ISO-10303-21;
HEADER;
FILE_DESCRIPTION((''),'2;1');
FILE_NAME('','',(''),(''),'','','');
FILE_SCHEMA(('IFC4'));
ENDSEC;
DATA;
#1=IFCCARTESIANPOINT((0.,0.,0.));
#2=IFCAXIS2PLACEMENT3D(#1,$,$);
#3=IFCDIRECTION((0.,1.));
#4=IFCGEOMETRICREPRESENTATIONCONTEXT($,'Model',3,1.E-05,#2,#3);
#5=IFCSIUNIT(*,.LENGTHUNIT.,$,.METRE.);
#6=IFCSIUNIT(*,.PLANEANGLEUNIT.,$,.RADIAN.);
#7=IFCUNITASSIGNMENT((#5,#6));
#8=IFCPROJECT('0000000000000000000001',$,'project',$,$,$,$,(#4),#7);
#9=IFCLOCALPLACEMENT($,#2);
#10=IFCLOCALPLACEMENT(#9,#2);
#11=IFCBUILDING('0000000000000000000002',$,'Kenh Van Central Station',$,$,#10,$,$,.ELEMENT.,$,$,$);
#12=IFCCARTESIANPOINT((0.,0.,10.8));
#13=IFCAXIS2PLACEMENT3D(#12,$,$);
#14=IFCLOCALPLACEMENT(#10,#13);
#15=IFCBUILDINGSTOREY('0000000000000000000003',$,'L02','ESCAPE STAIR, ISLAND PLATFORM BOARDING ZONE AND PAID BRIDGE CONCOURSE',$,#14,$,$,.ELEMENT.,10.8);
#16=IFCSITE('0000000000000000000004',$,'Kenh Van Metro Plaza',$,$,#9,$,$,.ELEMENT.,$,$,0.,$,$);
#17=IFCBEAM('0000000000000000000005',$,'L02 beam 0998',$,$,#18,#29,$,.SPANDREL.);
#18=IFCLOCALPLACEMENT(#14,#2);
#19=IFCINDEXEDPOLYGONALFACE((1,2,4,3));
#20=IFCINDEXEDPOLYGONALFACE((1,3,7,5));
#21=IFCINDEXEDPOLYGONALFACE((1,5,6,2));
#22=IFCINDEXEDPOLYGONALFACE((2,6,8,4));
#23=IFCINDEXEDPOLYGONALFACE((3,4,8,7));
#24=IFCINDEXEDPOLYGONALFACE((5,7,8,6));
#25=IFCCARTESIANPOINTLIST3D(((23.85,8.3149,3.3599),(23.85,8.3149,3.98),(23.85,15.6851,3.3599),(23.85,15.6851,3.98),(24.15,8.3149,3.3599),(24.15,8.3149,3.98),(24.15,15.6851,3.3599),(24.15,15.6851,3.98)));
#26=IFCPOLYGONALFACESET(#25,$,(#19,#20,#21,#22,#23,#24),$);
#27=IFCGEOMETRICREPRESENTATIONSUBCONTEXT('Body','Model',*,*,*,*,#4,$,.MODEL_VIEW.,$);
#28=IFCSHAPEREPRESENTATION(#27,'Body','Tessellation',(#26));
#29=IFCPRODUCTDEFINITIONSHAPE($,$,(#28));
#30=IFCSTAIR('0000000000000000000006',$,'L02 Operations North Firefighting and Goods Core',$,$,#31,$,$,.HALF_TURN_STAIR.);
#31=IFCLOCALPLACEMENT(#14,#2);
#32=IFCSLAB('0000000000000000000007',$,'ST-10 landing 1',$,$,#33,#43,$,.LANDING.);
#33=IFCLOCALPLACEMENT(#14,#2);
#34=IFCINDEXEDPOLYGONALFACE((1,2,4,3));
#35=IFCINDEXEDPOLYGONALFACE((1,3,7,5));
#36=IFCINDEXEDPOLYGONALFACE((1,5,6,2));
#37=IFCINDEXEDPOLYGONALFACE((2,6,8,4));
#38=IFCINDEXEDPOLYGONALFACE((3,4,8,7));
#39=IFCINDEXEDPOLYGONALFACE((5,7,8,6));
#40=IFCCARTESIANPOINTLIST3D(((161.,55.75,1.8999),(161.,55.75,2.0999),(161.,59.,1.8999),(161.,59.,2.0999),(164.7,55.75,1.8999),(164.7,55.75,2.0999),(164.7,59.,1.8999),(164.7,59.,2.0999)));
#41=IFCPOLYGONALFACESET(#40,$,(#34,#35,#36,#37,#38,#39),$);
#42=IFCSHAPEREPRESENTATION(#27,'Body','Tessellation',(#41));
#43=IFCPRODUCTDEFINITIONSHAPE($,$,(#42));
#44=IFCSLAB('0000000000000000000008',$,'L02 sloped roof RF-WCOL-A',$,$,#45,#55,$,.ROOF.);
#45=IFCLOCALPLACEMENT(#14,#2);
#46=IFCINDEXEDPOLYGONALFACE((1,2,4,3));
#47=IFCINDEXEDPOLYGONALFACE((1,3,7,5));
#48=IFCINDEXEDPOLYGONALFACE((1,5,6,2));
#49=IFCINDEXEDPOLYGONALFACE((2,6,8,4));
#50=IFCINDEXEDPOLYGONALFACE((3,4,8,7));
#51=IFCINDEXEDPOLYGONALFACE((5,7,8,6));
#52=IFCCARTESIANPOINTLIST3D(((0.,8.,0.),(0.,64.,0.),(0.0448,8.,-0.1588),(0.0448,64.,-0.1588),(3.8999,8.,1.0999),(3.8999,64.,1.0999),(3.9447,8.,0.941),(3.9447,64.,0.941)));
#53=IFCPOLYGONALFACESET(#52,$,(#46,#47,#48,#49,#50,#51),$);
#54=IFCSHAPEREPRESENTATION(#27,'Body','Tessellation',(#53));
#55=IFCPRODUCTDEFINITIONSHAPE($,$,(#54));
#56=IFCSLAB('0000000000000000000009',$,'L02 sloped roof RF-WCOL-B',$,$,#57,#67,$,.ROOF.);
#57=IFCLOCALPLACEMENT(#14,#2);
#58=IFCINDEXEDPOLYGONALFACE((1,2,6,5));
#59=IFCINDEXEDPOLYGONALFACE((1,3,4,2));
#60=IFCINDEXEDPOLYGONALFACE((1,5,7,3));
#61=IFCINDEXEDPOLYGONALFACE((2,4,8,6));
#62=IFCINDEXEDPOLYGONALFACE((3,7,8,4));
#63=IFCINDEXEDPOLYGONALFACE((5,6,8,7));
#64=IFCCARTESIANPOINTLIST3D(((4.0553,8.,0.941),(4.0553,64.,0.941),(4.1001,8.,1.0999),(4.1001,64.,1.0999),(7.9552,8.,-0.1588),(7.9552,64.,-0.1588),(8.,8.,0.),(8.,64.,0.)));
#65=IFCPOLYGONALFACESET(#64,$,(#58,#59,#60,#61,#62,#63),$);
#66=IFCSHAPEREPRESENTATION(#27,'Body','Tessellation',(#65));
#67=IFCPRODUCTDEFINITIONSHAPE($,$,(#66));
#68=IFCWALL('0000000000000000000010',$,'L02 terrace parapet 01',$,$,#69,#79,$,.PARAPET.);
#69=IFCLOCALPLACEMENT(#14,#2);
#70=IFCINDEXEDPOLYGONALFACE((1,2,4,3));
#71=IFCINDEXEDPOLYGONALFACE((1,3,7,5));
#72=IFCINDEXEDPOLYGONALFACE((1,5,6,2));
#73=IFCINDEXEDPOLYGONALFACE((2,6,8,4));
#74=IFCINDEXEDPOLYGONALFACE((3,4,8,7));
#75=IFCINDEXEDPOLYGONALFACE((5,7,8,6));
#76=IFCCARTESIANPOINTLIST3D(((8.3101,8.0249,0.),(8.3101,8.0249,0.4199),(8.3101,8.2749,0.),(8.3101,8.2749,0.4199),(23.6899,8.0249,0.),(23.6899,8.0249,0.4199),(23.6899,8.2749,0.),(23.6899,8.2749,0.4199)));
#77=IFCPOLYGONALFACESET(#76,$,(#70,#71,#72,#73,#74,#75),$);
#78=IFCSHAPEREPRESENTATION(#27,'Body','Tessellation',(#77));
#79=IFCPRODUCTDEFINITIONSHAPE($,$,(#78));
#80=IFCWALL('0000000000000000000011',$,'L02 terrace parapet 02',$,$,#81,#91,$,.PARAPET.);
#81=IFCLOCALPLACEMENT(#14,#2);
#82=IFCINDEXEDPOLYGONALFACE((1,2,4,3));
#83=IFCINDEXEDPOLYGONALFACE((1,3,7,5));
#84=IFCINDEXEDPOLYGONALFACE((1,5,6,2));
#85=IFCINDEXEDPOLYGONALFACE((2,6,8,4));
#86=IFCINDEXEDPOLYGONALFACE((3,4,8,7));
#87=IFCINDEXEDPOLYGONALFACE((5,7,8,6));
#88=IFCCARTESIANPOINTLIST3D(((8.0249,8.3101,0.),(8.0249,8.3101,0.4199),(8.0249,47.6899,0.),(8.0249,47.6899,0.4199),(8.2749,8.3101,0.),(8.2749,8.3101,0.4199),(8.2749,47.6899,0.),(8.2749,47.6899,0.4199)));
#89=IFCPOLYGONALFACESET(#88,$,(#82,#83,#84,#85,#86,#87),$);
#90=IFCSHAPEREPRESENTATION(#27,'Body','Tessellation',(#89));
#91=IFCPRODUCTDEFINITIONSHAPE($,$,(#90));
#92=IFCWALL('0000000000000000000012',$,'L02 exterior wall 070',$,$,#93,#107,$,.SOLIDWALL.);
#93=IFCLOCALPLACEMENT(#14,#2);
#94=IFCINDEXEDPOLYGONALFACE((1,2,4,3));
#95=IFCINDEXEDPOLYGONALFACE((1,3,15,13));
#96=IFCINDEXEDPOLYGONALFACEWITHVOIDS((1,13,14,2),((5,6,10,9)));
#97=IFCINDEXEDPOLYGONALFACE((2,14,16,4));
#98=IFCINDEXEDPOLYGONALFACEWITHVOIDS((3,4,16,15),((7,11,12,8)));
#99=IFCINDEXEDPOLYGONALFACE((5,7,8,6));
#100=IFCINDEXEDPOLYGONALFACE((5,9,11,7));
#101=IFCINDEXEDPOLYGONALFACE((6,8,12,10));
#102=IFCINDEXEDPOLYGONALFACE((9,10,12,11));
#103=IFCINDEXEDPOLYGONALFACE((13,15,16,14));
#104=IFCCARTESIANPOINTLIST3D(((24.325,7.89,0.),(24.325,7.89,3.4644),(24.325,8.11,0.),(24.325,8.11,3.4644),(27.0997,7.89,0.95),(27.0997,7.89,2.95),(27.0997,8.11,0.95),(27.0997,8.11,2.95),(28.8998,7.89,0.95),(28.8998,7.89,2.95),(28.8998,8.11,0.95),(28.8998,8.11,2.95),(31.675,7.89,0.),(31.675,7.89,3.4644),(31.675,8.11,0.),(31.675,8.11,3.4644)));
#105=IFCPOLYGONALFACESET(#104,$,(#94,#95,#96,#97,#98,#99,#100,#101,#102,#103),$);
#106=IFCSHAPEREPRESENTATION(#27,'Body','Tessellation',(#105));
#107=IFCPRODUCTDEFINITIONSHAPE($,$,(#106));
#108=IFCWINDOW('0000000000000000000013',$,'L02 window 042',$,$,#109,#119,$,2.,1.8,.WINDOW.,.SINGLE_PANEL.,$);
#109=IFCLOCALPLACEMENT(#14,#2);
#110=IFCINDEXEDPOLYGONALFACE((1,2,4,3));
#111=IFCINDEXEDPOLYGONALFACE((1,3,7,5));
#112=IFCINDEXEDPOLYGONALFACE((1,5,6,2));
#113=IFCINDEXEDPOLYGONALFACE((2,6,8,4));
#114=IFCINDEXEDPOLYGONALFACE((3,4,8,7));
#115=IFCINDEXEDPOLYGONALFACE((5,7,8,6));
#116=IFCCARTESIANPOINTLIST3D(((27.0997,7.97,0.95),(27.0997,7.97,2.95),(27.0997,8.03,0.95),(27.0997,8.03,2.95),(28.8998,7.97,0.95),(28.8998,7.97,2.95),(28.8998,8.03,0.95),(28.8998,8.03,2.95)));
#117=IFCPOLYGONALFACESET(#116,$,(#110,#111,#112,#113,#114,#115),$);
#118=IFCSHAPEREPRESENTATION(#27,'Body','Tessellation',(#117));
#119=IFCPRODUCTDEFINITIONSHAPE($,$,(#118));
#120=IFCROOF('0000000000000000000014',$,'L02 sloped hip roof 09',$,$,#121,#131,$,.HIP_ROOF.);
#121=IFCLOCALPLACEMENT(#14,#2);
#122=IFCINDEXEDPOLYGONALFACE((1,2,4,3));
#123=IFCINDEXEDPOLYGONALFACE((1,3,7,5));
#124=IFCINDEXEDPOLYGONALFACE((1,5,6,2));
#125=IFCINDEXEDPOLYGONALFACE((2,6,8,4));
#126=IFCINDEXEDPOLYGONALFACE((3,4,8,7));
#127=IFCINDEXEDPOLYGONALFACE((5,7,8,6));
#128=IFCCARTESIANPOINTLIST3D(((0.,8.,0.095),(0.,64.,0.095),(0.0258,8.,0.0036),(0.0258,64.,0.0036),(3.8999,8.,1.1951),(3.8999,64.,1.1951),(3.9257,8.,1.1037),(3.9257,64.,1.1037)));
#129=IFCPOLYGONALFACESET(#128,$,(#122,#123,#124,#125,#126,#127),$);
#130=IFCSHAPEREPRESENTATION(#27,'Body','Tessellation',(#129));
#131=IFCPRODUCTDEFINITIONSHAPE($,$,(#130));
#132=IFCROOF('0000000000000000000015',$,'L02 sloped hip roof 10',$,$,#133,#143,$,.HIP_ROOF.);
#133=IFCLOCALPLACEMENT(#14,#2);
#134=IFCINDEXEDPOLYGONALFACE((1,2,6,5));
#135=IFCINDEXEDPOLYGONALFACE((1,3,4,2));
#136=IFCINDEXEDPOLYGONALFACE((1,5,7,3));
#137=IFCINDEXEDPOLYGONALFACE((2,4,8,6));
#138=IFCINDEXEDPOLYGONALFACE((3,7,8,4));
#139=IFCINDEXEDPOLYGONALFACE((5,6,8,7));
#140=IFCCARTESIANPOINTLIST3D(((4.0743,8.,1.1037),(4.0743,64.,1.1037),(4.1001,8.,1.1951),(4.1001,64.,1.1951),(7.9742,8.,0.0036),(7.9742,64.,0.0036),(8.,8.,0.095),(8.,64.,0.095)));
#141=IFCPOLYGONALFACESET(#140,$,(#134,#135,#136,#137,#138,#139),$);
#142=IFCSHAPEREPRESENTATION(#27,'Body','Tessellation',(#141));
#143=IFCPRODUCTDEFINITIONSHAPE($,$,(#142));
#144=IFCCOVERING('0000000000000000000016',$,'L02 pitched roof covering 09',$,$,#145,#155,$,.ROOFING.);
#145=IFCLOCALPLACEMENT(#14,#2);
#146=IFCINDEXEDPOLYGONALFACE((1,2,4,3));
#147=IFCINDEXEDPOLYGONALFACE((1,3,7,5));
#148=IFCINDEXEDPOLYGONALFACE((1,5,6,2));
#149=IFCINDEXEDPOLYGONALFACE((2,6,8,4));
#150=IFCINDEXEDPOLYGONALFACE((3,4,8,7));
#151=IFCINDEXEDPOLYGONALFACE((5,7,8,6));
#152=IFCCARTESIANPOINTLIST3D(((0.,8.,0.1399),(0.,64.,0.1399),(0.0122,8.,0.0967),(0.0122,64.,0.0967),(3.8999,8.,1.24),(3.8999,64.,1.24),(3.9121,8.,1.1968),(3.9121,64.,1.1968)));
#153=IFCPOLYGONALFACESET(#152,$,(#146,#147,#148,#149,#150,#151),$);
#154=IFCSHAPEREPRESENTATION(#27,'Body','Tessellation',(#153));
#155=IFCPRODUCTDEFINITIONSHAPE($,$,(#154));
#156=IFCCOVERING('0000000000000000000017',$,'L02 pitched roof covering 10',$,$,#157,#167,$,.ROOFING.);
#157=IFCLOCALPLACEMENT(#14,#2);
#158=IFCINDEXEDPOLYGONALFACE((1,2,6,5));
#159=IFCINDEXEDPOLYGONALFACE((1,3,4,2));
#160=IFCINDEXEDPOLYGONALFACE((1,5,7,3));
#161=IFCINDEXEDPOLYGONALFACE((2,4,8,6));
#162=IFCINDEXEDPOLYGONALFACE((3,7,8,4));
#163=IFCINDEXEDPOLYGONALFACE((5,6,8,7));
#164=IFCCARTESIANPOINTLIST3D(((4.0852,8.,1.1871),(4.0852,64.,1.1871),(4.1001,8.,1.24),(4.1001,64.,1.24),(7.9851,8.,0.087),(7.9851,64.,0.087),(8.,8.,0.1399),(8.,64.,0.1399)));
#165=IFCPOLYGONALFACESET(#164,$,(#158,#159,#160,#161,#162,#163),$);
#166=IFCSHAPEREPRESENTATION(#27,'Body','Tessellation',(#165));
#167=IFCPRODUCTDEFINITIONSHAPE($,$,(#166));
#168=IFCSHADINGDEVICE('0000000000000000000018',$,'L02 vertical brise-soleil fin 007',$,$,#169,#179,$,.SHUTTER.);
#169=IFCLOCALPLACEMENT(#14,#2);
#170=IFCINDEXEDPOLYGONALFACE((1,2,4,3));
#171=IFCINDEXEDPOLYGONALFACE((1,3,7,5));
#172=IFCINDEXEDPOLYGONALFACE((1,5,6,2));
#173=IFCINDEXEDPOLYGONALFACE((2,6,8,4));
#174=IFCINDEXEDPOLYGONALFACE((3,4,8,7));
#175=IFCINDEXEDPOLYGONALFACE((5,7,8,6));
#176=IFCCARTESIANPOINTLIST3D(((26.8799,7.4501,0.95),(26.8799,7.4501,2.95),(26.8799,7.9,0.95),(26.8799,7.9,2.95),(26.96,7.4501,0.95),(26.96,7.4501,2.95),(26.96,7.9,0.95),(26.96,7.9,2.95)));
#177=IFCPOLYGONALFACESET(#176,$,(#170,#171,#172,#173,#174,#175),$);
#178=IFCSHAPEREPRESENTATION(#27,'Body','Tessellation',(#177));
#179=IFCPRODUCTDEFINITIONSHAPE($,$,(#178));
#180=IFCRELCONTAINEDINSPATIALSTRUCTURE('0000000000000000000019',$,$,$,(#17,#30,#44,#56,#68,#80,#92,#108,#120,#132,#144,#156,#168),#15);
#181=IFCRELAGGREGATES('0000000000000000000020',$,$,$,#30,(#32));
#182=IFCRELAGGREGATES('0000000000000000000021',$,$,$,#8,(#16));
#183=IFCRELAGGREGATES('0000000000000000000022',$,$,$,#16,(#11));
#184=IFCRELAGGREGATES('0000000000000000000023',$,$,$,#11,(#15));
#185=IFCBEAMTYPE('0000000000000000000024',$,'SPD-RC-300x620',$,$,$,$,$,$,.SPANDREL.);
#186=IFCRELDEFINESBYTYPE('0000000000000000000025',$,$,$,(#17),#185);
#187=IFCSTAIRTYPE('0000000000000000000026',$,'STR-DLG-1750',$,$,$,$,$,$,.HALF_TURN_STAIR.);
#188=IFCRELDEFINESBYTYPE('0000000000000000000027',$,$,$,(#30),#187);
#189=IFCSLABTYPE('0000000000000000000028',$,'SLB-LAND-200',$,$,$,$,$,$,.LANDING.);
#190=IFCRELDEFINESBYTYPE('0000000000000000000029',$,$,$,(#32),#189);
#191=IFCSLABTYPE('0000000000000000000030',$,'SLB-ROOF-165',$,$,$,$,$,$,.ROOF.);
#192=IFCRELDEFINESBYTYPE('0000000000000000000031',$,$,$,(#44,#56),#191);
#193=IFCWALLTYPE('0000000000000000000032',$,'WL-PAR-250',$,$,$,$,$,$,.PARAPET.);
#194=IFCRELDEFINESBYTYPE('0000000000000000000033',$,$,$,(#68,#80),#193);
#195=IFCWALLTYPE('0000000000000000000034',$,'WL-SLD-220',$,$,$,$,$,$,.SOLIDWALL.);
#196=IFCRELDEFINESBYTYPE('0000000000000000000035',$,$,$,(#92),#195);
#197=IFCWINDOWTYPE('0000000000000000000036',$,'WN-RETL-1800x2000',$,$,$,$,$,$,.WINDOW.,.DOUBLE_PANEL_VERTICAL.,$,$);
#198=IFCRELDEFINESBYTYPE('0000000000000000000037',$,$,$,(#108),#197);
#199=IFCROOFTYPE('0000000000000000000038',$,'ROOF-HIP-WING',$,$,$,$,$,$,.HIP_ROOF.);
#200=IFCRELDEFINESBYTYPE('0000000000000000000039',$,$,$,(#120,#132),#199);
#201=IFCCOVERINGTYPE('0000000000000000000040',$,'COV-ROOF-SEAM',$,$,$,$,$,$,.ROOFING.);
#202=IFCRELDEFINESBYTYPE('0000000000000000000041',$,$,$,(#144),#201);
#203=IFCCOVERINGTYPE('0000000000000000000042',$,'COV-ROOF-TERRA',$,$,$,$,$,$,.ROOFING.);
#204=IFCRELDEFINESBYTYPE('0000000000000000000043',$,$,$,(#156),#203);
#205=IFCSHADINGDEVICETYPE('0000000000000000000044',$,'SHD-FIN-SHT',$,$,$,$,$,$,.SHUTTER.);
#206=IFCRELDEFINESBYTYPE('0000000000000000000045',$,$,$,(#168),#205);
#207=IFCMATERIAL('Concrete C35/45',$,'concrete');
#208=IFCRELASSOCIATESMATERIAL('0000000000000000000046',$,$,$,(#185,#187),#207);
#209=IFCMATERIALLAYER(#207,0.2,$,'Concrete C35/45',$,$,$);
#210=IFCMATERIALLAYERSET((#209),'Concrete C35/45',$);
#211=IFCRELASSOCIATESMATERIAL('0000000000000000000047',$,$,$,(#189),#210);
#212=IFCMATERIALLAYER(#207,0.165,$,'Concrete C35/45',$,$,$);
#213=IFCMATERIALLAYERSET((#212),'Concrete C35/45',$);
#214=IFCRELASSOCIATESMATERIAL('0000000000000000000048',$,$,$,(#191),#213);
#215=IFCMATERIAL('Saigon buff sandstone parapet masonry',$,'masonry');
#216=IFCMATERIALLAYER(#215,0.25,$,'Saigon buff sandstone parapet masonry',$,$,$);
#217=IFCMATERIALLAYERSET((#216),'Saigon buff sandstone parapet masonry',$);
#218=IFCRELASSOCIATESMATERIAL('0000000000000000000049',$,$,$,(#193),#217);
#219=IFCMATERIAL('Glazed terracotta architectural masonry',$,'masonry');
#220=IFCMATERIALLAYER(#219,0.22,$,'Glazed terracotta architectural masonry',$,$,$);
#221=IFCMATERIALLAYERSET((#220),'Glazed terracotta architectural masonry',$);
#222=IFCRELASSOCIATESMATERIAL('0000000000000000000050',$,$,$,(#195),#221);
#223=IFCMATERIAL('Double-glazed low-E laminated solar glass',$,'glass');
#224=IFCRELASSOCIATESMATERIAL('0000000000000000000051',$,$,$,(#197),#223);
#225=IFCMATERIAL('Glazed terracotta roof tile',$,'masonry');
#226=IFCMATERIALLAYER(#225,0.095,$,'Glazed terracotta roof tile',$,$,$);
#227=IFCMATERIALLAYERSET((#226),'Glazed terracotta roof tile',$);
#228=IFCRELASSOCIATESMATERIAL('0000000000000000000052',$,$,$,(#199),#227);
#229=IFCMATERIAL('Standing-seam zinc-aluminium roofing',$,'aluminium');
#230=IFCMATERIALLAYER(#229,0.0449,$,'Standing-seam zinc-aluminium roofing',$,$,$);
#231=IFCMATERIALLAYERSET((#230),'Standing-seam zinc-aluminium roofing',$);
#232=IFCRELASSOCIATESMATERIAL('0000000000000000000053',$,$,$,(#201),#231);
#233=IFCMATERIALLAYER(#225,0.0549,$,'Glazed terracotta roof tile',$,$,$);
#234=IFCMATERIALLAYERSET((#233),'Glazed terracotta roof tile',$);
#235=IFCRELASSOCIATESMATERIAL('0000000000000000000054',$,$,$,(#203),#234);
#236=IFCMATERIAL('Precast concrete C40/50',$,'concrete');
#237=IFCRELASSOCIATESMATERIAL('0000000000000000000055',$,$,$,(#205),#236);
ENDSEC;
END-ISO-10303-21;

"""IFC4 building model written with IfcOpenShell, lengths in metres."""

from ifc_helpers import new_model, si_unit, direction, frame, frame_2d, origin, origin_2d, place, context, subcontext, project, spatial, polyline, rectangle, outline, extrude, material, layer, layer_set, material_profile, profile_set, type_object, element, fill, aggregate, save


model = new_model("IFC4")

# Units and contexts
model_context = context("Model", 3, precision=1e-05, world=origin(), true_north=direction((0.0, 1.0)))
body_context = subcontext(model_context, "Body", "Model", "MODEL_VIEW")
ifc_project = project(units=[si_unit("LENGTHUNIT", "METRE"), si_unit("PLANEANGLEUNIT", "RADIAN")], contexts=[model_context])

# Site, building, storey
site_placement = place(None, origin())
site = spatial("IfcSite", under=ifc_project, at=site_placement, Name="Kenh Van Metro Plaza", CompositionType="ELEMENT", RefElevation=0.0)
building_placement = place(site_placement, origin())
building = spatial("IfcBuilding", under=site, at=building_placement, Name="Kenh Van Central Station", CompositionType="ELEMENT")
storey_placement = place(building_placement, frame((0.0, 0.0, 10.8)))
storey = spatial("IfcBuildingStorey", under=building, at=storey_placement, Name="L02", Description="ESCAPE STAIR, ISLAND PLATFORM BOARDING ZONE AND PAID BRIDGE CONCOURSE", CompositionType="ELEMENT", Elevation=10.8)

# Shared definitions
ifc_material_1 = material(Name="Concrete C35/45", Category="concrete")

# Beam
ifc_material_profile_1 = material_profile(ifc_material_1, rectangle(XDim=0.3, YDim=0.6201, at=origin_2d()), Name="RC 300x620")
ifc_profile_set_1 = profile_set([ifc_material_profile_1], Name="Concrete C35/45")
beam_type_1 = type_object("IfcBeamType", Name="SPD-RC-300x620", PredefinedType="SPANDREL", material=ifc_profile_set_1)
beam_placement = place(storey_placement, frame((24.0, 8.3149, 3.6699), z_axis=(0.0, 1.0, 0.0), x_axis=(-1.0, 0.0, 0.0)))
element("IfcBeam", 1, at=beam_placement, inside=storey, type_object=beam_type_1, Name="L02 beam 0998", PredefinedType="SPANDREL", context=body_context, shape_type="SweptSolid", body=[
    extrude(rectangle(XDim=0.3, YDim=0.6201, at=origin_2d()), origin(), (0.0, 0.0, 1.0), 7.3701),
])

# Stair, slab
stair_type = type_object("IfcStairType", Name="STR-DLG-1750", PredefinedType="HALF_TURN_STAIR", material=ifc_material_1)
stair_placement = place(storey_placement, origin())
stair = element("IfcStair", 2, at=stair_placement, inside=storey, type_object=stair_type, Name="L02 Operations North Firefighting and Goods Core", PredefinedType="HALF_TURN_STAIR")
ifc_layer_1 = layer(ifc_material_1, 0.2, Name="Concrete C35/45")
ifc_layer_set_1 = layer_set([ifc_layer_1], Name="Concrete C35/45")
slab_type_1 = type_object("IfcSlabType", Name="SLB-LAND-200", PredefinedType="LANDING", material=ifc_layer_set_1)
slab_placement = place(storey_placement, frame((0.0, 0.0, 1.8999)))
slab = element("IfcSlab", 3, at=slab_placement, type_object=slab_type_1, Name="ST-10 landing 1", PredefinedType="LANDING", context=body_context, shape_type="SweptSolid", body=[
    extrude(outline(polyline([(164.7, 55.75), (164.7, 59.0), (161.0, 59.0), (161.0, 55.75), (164.7, 55.75)])), origin(), (0.0, 0.0, 1.0), 0.2),
])
aggregate(stair, [slab])

# Slabs
ifc_layer_2 = layer(ifc_material_1, 0.165, Name="Concrete C35/45")
ifc_layer_set_2 = layer_set([ifc_layer_2], Name="Concrete C35/45")
slab_type_2 = type_object("IfcSlabType", Name="SLB-ROOF-165", PredefinedType="ROOF", material=ifc_layer_set_2)
for number, where, z_axis, x_axis, name in (
    (4, (0.0, 8.0, 0.0), (-0.271433, 0.0, 0.962457), (0.962457, 0.0, 0.271433), "L02 sloped roof RF-WCOL-A"),
    (5, (4.1001, 8.0, 1.0999), (0.271433, 0.0, 0.962457), (0.962457, 0.0, -0.271433), "L02 sloped roof RF-WCOL-B"),
):
    element("IfcSlab", number, at=place(storey_placement, frame(where, z_axis=z_axis, x_axis=x_axis)), inside=storey, type_object=slab_type_2, Name=name, PredefinedType="ROOF", context=body_context, shape_type="SweptSolid", body=[
        extrude(outline(polyline([(0.0, 0.0), (4.052, 0.0), (4.052, 56.0), (0.0, 56.0), (0.0, 0.0)])), origin(), (0.0, 0.0, -1.0), 0.165),
    ])

# Walls
ifc_material_2 = material(Name="Saigon buff sandstone parapet masonry", Category="masonry")
ifc_layer_3 = layer(ifc_material_2, 0.25, Name="Saigon buff sandstone parapet masonry")
ifc_layer_set_3 = layer_set([ifc_layer_3], Name="Saigon buff sandstone parapet masonry")
wall_type_1 = type_object("IfcWallType", Name="WL-PAR-250", PredefinedType="PARAPET", material=ifc_layer_set_3)
wall_1_placement = place(storey_placement, frame((8.3101, 8.1499, 0.0), z_axis=(0.0, 0.0, 1.0), x_axis=(1.0, 0.0, 0.0)))
element("IfcWall", 6, at=wall_1_placement, inside=storey, type_object=wall_type_1, Name="L02 terrace parapet 01", PredefinedType="PARAPET", context=body_context, shape_type="SweptSolid", body=[
    extrude(rectangle(XDim=15.3799, YDim=0.25, at=frame_2d((7.6899, 0.0))), origin(), (0.0, 0.0, 1.0), 0.4199),
])
wall_2_placement = place(storey_placement, frame((8.1499, 8.3101, 0.0), z_axis=(0.0, 0.0, 1.0), x_axis=(0.0, 1.0, 0.0)))
element("IfcWall", 7, at=wall_2_placement, inside=storey, type_object=wall_type_1, Name="L02 terrace parapet 02", PredefinedType="PARAPET", context=body_context, shape_type="SweptSolid", body=[
    extrude(rectangle(XDim=39.3799, YDim=0.25, at=frame_2d((19.6899, 0.0))), origin(), (0.0, 0.0, 1.0), 0.4199),
])

# Wall, opening, window
ifc_material_3 = material(Name="Glazed terracotta architectural masonry", Category="masonry")
ifc_layer_4 = layer(ifc_material_3, 0.22, Name="Glazed terracotta architectural masonry")
ifc_layer_set_4 = layer_set([ifc_layer_4], Name="Glazed terracotta architectural masonry")
wall_type_2 = type_object("IfcWallType", Name="WL-SLD-220", PredefinedType="SOLIDWALL", material=ifc_layer_set_4)
wall_3_placement = place(storey_placement, frame((24.325, 8.0, 0.0), z_axis=(0.0, 0.0, 1.0), x_axis=(1.0, 0.0, 0.0)))
wall_3 = element("IfcWall", 8, at=wall_3_placement, inside=storey, type_object=wall_type_2, Name="L02 exterior wall 070", PredefinedType="SOLIDWALL", context=body_context, shape_type="SweptSolid", body=[
    extrude(rectangle(XDim=7.3501, YDim=0.22, at=frame_2d((3.675, 0.0))), origin(), (0.0, 0.0, 1.0), 3.4644),
])
opening_placement = place(wall_3_placement, frame((2.7749, 0.0, 0.95)))
opening = element("IfcOpeningElement", 9, at=opening_placement, cuts=wall_3, PredefinedType="OPENING", context=body_context, shape_type="SweptSolid", body=[
    extrude(rectangle(XDim=1.8, YDim=2.0, at=frame_2d((0.8999, 1.0))), frame((0.0, 0.1199, 0.0), z_axis=(0.0, -1.0, 0.0), x_axis=(1.0, 0.0, 0.0)), (0.0, 0.0, 1.0), 0.24),
])
ifc_material_4 = material(Name="Double-glazed low-E laminated solar glass", Category="glass")
window_type = type_object("IfcWindowType", Name="WN-RETL-1800x2000", PartitioningType="DOUBLE_PANEL_VERTICAL", PredefinedType="WINDOW", material=ifc_material_4)
window_placement = place(opening_placement, origin())
window = element("IfcWindow", 10, at=window_placement, inside=storey, type_object=window_type, Name="L02 window 042", OverallHeight=2.0, OverallWidth=1.8, PartitioningType="SINGLE_PANEL", PredefinedType="WINDOW", context=body_context, shape_type="SweptSolid", body=[
    extrude(rectangle(XDim=1.8, YDim=2.0, at=frame_2d((0.8999, 1.0))), frame((0.0, 0.03, 0.0), z_axis=(0.0, -1.0, 0.0), x_axis=(1.0, 0.0, 0.0)), (0.0, 0.0, 1.0), 0.0601),
])
fill(opening, window)

# Roofs
ifc_material_5 = material(Name="Glazed terracotta roof tile", Category="masonry")
ifc_layer_5 = layer(ifc_material_5, 0.095, Name="Glazed terracotta roof tile")
ifc_layer_set_5 = layer_set([ifc_layer_5], Name="Glazed terracotta roof tile")
roof_type = type_object("IfcRoofType", Name="ROOF-HIP-WING", PredefinedType="HIP_ROOF", material=ifc_layer_set_5)
for number, where, z_axis, x_axis, name in (
    (11, (0.0, 8.0, 0.095), (-0.271489, 0.0, 0.962442), (0.962442, 0.0, 0.271489), "L02 sloped hip roof 09"),
    (12, (4.1001, 8.0, 1.1951), (0.271489, 0.0, 0.962442), (0.962442, 0.0, -0.271489), "L02 sloped hip roof 10"),
):
    element("IfcRoof", number, at=place(storey_placement, frame(where, z_axis=z_axis, x_axis=x_axis)), inside=storey, type_object=roof_type, Name=name, PredefinedType="HIP_ROOF", context=body_context, shape_type="SweptSolid", body=[
        extrude(outline(polyline([(0.0, 0.0), (4.0521, 0.0), (4.0521, 56.0), (0.0, 56.0), (0.0, 0.0)])), origin(), (0.0, 0.0, -1.0), 0.095),
    ])

# Coverings
ifc_material_6 = material(Name="Standing-seam zinc-aluminium roofing", Category="aluminium")
ifc_layer_6 = layer(ifc_material_6, 0.0449, Name="Standing-seam zinc-aluminium roofing")
ifc_layer_set_6 = layer_set([ifc_layer_6], Name="Standing-seam zinc-aluminium roofing")
covering_type_1 = type_object("IfcCoveringType", Name="COV-ROOF-SEAM", PredefinedType="ROOFING", material=ifc_layer_set_6)
covering_1_placement = place(storey_placement, frame((0.0, 8.0, 0.1399), z_axis=(-0.271489, 0.0, 0.962442), x_axis=(0.962442, 0.0, 0.271489)))
element("IfcCovering", 13, at=covering_1_placement, inside=storey, type_object=covering_type_1, Name="L02 pitched roof covering 09", PredefinedType="ROOFING", context=body_context, shape_type="SweptSolid", body=[
    extrude(outline(polyline([(0.0, 0.0), (4.0521, 0.0), (4.0521, 56.0), (0.0, 56.0), (0.0, 0.0)])), origin(), (0.0, 0.0, -1.0), 0.0449),
])
ifc_layer_7 = layer(ifc_material_5, 0.0549, Name="Glazed terracotta roof tile")
ifc_layer_set_7 = layer_set([ifc_layer_7], Name="Glazed terracotta roof tile")
covering_type_2 = type_object("IfcCoveringType", Name="COV-ROOF-TERRA", PredefinedType="ROOFING", material=ifc_layer_set_7)
covering_2_placement = place(storey_placement, frame((4.1001, 8.0, 1.24), z_axis=(0.271489, 0.0, 0.962442), x_axis=(0.962442, 0.0, -0.271489)))
element("IfcCovering", 14, at=covering_2_placement, inside=storey, type_object=covering_type_2, Name="L02 pitched roof covering 10", PredefinedType="ROOFING", context=body_context, shape_type="SweptSolid", body=[
    extrude(outline(polyline([(0.0, 0.0), (4.0521, 0.0), (4.0521, 56.0), (0.0, 56.0), (0.0, 0.0)])), origin(), (0.0, 0.0, -1.0), 0.0549),
])

# Shading device
ifc_material_7 = material(Name="Precast concrete C40/50", Category="concrete")
shading_device_type = type_object("IfcShadingDeviceType", Name="SHD-FIN-SHT", PredefinedType="SHUTTER", material=ifc_material_7)
shading_device_placement = place(storey_placement, frame((26.9199, 7.675, 0.95), z_axis=(0.0, 0.0, 1.0), x_axis=(0.0, -1.0, 0.0)))
element("IfcShadingDevice", 15, at=shading_device_placement, inside=storey, type_object=shading_device_type, Name="L02 vertical brise-soleil fin 007", PredefinedType="SHUTTER", context=body_context, shape_type="SweptSolid", body=[
    extrude(rectangle(XDim=0.45, YDim=0.0801, at=origin_2d()), origin(), (0.0, 0.0, 1.0), 2.0),
])

save(model, "model.ifc")
